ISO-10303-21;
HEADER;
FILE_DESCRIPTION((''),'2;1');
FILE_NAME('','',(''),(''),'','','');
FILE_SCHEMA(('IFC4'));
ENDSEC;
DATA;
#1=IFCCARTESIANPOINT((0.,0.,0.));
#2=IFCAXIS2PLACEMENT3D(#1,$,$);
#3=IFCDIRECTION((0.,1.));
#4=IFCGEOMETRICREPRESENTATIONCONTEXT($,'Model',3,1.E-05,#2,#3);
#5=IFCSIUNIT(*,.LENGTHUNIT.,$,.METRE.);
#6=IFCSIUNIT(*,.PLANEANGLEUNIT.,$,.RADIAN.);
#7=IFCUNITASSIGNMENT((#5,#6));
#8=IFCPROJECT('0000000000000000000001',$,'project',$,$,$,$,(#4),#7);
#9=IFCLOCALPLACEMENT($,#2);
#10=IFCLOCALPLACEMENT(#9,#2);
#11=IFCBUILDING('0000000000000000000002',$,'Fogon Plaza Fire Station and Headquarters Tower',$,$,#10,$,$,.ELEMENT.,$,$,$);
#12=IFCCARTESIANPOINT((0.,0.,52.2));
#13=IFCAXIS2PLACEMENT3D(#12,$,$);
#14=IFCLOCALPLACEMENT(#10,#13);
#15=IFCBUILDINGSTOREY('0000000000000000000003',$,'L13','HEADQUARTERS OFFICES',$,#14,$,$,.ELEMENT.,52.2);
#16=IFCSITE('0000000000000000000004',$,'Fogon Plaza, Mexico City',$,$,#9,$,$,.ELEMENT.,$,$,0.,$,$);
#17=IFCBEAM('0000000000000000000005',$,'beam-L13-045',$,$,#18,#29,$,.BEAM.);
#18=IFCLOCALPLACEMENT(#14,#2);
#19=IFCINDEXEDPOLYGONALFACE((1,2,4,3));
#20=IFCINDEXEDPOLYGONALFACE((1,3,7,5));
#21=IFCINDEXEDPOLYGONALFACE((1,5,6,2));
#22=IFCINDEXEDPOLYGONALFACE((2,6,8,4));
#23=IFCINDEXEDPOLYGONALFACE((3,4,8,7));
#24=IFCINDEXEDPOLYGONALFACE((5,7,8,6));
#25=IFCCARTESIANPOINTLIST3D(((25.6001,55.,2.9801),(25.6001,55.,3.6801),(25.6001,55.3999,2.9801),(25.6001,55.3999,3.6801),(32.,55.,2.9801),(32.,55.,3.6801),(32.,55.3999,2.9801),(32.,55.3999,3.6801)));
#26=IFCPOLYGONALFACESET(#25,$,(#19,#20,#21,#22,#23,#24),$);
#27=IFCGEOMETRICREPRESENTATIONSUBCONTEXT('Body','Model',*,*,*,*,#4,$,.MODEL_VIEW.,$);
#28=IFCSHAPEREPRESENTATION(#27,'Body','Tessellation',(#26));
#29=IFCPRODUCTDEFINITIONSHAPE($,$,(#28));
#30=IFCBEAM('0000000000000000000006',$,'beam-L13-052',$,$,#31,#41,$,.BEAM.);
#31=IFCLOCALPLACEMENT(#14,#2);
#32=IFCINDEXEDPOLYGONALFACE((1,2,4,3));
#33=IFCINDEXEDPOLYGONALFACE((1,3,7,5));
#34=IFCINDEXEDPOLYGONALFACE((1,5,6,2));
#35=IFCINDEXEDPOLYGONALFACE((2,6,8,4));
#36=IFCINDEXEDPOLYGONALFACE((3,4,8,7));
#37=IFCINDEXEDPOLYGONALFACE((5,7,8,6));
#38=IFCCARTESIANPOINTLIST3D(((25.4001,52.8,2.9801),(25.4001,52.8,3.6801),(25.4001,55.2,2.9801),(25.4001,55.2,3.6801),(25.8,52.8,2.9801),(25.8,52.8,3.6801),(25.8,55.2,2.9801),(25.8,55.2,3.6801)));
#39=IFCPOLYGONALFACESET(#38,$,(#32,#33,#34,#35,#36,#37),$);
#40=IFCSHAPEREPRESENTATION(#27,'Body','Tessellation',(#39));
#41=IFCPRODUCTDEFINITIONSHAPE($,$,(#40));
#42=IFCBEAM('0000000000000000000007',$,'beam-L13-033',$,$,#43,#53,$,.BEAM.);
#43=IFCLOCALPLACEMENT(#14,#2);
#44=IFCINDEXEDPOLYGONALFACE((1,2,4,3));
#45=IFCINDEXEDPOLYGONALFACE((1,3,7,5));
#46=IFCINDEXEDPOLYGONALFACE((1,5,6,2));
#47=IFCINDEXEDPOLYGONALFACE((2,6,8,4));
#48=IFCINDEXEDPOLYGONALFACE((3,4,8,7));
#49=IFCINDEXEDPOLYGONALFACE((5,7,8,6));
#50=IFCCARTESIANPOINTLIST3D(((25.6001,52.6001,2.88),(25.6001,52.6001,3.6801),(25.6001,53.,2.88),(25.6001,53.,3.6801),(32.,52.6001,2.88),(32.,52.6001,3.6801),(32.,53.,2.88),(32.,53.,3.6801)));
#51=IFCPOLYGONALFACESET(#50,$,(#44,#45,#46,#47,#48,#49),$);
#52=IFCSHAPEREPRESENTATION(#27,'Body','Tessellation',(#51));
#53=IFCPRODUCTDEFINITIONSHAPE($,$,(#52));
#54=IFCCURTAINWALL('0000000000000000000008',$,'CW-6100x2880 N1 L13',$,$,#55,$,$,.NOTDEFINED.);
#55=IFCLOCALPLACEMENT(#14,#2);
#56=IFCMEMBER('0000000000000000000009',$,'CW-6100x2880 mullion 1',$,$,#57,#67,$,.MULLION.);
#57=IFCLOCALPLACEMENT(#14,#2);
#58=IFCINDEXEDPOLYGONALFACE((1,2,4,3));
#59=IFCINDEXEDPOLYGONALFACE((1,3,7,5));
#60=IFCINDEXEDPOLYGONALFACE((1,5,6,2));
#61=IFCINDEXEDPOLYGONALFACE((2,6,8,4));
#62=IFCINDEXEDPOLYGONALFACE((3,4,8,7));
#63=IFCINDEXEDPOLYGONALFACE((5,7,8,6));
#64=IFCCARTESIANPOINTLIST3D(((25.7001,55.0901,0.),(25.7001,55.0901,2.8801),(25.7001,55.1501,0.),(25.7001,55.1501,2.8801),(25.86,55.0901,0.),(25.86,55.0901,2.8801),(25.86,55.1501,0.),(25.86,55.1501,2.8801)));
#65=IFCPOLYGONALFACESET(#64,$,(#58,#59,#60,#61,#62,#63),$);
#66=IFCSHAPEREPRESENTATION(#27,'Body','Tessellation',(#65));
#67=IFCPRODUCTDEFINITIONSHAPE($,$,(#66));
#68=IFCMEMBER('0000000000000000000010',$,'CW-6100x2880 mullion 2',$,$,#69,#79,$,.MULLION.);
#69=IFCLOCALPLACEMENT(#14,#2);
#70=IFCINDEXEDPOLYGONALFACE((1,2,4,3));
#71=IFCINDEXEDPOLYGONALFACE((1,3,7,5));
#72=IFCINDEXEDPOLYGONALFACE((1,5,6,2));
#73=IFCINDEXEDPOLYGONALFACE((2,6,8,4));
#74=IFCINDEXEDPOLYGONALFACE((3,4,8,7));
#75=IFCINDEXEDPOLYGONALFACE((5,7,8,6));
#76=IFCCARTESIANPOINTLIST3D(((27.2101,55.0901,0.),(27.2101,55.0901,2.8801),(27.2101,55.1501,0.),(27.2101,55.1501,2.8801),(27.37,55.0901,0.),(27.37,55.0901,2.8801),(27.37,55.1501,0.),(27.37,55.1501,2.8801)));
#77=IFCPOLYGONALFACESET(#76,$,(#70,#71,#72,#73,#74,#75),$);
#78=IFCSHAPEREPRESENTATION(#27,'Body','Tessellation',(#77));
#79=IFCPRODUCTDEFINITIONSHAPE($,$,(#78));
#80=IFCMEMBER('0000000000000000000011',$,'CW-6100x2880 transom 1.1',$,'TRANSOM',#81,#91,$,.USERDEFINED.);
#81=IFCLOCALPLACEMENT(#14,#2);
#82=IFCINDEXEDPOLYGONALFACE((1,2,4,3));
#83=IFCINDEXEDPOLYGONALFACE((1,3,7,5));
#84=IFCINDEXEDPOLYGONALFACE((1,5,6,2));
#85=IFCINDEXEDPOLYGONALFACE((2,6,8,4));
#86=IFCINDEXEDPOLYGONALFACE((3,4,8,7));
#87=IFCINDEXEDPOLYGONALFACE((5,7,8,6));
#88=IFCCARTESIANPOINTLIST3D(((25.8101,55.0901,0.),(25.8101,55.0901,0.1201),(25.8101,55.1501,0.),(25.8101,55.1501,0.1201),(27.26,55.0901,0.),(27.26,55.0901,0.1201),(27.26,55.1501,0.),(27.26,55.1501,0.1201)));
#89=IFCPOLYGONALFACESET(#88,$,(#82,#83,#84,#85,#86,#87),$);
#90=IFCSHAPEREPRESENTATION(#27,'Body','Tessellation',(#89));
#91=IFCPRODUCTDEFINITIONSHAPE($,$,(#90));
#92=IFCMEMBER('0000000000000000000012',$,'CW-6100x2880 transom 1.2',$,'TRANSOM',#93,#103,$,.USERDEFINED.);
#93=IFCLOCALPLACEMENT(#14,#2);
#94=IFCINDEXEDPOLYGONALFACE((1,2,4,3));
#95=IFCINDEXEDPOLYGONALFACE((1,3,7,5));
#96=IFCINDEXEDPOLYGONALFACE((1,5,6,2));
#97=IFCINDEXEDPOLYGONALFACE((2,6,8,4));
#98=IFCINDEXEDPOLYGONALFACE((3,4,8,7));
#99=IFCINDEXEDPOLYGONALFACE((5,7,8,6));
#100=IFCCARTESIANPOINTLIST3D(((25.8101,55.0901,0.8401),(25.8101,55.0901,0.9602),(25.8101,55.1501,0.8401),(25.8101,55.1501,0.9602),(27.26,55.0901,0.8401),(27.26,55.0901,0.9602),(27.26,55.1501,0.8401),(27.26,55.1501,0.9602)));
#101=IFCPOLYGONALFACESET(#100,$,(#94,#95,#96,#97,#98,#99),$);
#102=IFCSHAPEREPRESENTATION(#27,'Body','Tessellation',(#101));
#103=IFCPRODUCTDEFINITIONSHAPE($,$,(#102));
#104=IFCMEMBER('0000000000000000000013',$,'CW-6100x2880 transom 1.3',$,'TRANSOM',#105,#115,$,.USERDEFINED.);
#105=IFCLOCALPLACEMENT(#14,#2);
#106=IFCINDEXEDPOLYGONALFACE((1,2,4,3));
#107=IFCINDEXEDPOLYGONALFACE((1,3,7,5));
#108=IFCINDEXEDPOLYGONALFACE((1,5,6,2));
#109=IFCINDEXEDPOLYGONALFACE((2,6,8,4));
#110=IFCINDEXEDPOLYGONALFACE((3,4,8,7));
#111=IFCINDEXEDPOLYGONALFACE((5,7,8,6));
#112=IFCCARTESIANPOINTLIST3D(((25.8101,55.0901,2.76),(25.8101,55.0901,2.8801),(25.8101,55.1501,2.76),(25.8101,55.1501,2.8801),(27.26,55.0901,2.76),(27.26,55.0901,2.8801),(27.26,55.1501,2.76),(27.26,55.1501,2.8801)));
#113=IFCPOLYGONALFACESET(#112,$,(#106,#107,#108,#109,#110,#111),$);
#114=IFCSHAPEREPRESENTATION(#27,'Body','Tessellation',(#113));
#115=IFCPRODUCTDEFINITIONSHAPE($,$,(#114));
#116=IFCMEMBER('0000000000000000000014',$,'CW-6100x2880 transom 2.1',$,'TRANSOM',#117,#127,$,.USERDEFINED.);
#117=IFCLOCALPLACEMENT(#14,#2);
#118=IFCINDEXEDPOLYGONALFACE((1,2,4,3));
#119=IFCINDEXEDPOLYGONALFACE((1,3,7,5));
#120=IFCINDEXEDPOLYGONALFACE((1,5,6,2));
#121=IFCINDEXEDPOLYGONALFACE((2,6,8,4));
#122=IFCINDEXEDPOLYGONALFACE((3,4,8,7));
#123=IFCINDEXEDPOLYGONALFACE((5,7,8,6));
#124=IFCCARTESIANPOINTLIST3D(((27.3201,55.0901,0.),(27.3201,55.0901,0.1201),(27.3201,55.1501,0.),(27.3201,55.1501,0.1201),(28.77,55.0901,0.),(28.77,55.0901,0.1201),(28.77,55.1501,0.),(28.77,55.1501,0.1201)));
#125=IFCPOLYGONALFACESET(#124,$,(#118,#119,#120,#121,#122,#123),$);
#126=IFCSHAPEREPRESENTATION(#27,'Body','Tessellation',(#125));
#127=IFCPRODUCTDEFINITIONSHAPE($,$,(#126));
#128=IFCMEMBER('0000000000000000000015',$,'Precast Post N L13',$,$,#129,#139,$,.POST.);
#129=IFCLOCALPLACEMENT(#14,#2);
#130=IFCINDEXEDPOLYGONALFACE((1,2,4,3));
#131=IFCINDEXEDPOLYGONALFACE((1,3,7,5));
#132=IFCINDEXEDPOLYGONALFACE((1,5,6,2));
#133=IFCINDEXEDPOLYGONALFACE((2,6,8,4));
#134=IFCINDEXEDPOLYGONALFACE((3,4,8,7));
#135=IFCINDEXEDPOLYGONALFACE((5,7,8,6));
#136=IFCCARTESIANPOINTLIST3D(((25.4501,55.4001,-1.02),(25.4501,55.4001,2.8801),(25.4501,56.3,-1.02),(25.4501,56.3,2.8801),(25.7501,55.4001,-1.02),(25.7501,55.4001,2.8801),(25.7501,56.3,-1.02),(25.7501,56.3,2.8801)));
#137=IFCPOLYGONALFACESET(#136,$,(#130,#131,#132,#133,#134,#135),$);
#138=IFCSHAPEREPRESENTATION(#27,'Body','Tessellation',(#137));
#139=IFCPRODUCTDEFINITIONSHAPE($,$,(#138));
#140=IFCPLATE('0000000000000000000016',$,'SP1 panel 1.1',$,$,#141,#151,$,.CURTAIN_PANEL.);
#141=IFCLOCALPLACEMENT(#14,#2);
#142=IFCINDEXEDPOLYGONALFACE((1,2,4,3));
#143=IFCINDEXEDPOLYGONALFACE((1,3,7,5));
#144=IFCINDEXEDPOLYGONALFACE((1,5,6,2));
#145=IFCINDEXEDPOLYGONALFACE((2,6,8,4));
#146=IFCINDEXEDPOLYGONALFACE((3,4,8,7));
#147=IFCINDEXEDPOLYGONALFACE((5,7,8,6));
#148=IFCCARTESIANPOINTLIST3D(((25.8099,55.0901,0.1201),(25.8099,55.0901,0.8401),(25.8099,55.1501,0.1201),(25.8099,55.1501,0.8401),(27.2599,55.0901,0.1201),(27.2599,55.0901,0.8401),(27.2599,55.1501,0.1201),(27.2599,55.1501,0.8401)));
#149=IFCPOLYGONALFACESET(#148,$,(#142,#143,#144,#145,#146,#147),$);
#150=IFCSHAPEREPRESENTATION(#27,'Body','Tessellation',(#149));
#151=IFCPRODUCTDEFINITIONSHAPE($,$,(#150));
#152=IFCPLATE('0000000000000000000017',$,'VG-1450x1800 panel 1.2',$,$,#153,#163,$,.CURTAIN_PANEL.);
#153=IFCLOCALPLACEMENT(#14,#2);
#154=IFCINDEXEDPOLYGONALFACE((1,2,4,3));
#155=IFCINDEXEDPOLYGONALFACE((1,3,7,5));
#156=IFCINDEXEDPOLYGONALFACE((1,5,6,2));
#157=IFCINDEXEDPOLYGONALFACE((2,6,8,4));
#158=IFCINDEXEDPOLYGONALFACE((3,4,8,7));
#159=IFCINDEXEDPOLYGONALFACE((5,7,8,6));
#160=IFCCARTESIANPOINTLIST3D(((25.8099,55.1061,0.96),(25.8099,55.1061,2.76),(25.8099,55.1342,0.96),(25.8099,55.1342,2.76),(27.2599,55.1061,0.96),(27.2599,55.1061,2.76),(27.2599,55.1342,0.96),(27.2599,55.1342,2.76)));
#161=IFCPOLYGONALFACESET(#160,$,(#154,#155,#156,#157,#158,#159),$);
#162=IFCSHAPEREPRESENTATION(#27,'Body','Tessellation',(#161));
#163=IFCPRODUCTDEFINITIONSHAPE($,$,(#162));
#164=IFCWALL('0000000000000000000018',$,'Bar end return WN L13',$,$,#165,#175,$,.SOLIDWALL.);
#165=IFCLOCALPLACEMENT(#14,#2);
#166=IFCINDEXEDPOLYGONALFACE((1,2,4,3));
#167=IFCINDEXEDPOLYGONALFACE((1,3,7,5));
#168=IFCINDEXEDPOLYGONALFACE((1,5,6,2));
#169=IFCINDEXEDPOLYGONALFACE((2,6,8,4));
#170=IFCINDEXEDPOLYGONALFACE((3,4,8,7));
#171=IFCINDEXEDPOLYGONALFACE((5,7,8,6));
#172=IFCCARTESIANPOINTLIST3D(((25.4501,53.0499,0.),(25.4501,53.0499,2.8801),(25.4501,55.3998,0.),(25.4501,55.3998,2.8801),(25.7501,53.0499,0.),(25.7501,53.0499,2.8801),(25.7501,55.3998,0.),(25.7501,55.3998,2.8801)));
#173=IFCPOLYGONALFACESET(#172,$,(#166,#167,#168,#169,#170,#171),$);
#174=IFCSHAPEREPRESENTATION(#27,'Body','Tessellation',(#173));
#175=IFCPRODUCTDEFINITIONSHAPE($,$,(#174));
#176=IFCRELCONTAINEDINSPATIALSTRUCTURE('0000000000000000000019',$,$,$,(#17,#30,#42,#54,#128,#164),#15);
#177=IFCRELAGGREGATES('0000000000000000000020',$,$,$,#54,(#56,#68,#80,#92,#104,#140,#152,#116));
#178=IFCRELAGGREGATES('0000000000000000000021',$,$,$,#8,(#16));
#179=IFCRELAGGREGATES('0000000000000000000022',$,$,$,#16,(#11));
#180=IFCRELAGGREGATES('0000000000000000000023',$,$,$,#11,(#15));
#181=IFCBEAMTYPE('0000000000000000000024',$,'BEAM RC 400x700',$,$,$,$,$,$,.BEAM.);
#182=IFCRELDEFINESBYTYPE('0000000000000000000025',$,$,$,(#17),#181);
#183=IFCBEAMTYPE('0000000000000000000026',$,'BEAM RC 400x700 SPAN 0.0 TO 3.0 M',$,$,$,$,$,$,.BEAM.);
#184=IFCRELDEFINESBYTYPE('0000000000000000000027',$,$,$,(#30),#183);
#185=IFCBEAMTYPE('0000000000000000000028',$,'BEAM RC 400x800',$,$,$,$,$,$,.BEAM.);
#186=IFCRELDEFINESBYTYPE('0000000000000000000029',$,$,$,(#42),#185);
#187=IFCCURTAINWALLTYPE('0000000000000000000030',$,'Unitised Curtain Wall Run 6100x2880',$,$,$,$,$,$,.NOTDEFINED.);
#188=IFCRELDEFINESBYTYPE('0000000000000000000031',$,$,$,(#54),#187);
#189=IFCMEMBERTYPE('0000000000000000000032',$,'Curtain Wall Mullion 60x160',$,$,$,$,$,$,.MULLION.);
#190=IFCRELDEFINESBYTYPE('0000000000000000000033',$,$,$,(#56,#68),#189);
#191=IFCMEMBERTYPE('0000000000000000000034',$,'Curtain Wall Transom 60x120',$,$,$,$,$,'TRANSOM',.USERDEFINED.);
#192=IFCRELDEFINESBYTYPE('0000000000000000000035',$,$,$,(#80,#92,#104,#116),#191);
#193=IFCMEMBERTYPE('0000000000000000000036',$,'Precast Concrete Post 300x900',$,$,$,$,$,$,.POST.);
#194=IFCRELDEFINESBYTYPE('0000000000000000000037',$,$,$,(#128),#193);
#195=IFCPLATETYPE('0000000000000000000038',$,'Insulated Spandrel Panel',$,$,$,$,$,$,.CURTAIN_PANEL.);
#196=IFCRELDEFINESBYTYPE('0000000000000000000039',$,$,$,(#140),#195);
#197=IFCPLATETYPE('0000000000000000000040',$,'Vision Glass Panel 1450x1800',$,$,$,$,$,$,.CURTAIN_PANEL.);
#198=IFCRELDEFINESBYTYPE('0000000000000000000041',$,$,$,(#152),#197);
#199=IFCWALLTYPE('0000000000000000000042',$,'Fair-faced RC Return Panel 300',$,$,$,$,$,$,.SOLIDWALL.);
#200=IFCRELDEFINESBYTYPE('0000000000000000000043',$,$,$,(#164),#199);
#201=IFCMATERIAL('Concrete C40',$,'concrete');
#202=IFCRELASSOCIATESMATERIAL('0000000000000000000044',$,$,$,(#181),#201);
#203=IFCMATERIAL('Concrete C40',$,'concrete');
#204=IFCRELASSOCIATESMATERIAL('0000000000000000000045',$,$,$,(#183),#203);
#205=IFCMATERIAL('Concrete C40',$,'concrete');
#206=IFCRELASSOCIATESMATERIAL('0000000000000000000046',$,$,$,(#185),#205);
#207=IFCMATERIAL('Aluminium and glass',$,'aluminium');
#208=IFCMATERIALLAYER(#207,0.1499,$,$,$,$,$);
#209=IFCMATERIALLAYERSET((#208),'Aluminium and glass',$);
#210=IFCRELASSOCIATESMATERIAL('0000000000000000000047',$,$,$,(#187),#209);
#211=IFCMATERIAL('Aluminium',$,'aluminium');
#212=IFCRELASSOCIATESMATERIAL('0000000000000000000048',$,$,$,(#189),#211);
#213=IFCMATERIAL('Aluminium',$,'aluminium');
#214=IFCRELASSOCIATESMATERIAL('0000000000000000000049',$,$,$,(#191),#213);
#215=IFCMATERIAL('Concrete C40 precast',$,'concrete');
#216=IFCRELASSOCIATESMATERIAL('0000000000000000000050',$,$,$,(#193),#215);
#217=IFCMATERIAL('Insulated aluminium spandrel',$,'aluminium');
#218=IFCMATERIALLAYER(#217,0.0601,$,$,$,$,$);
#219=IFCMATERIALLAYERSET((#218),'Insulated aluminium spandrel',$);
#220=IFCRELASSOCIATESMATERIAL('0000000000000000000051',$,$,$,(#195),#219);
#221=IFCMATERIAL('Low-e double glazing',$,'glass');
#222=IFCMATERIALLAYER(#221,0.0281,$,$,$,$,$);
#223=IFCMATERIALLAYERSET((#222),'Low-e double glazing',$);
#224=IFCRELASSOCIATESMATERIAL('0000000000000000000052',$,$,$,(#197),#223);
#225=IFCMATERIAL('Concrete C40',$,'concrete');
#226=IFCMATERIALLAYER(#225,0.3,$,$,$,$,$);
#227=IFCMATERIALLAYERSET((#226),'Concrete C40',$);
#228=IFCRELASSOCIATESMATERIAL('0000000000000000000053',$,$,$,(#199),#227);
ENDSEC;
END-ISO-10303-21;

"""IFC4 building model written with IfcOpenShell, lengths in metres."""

from ifc_helpers import new_model, si_unit, direction, frame, frame_2d, origin, origin_2d, place, context, subcontext, project, spatial, rectangle, extrude, material, layer, layer_set, material_profile, profile_set, type_object, element, aggregate, save


model = new_model("IFC4")

# Units and contexts
model_context = context("Model", 3, precision=1e-05, world=origin(), true_north=direction((0.0, 1.0)))
body_context = subcontext(model_context, "Body", "Model", "MODEL_VIEW")
ifc_project = project(units=[si_unit("LENGTHUNIT", "METRE"), si_unit("PLANEANGLEUNIT", "RADIAN")], contexts=[model_context])

# Site, building, storey
site_placement = place(None, origin())
site = spatial("IfcSite", under=ifc_project, at=site_placement, Name="Fogon Plaza, Mexico City", CompositionType="ELEMENT", RefElevation=0.0)
building_placement = place(site_placement, origin())
building = spatial("IfcBuilding", under=site, at=building_placement, Name="Fogon Plaza Fire Station and Headquarters Tower", CompositionType="ELEMENT")
storey_placement = place(building_placement, frame((0.0, 0.0, 52.2)))
storey = spatial("IfcBuildingStorey", under=building, at=storey_placement, Name="L13", Description="HEADQUARTERS OFFICES", CompositionType="ELEMENT", Elevation=52.2)

# Beams
ifc_material_1 = material(Name="Concrete C40", Category="concrete")
ifc_material_profile_1 = material_profile(ifc_material_1, rectangle(XDim=0.3999, YDim=0.7, at=origin_2d()), Name="RC 400x700")
ifc_profile_set_1 = profile_set([ifc_material_profile_1], Name="Concrete C40")
beam_type_1 = type_object("IfcBeamType", Name="BEAM RC 400x700", PredefinedType="BEAM", material=ifc_profile_set_1)
beam_1_placement = place(storey_placement, frame((25.6001, 55.2, 3.3301), z_axis=(1.0, 0.0, 0.0), x_axis=(0.0, 1.0, 0.0)))
element("IfcBeam", 1, at=beam_1_placement, inside=storey, type_object=beam_type_1, Name="beam-L13-045", PredefinedType="BEAM", context=body_context, shape_type="SweptSolid", body=[
    extrude(rectangle(XDim=0.3999, YDim=0.7, at=origin_2d()), origin(), (0.0, 0.0, 1.0), 6.3999),
])
ifc_material_2 = material(Name="Concrete C40", Category="concrete")
ifc_material_profile_2 = material_profile(ifc_material_2, rectangle(XDim=0.3999, YDim=0.7, at=origin_2d()), Name="RC 400x700")
ifc_profile_set_2 = profile_set([ifc_material_profile_2], Name="Concrete C40")
beam_type_2 = type_object("IfcBeamType", Name="BEAM RC 400x700 SPAN 0.0 TO 3.0 M", PredefinedType="BEAM", material=ifc_profile_set_2)
beam_2_placement = place(storey_placement, frame((25.6001, 52.8, 3.3301), z_axis=(0.0, 1.0, 0.0), x_axis=(-1.0, 0.0, 0.0)))
element("IfcBeam", 2, at=beam_2_placement, inside=storey, type_object=beam_type_2, Name="beam-L13-052", PredefinedType="BEAM", context=body_context, shape_type="SweptSolid", body=[
    extrude(rectangle(XDim=0.3999, YDim=0.7, at=origin_2d()), origin(), (0.0, 0.0, 1.0), 2.3999),
])
ifc_material_3 = material(Name="Concrete C40", Category="concrete")
ifc_material_profile_3 = material_profile(ifc_material_3, rectangle(XDim=0.3999, YDim=0.8, at=origin_2d()), Name="RC 400x800")
ifc_profile_set_3 = profile_set([ifc_material_profile_3], Name="Concrete C40")
beam_type_3 = type_object("IfcBeamType", Name="BEAM RC 400x800", PredefinedType="BEAM", material=ifc_profile_set_3)
beam_3_placement = place(storey_placement, frame((25.6001, 52.8, 3.28), z_axis=(1.0, 0.0, 0.0), x_axis=(0.0, 1.0, 0.0)))
element("IfcBeam", 3, at=beam_3_placement, inside=storey, type_object=beam_type_3, Name="beam-L13-033", PredefinedType="BEAM", context=body_context, shape_type="SweptSolid", body=[
    extrude(rectangle(XDim=0.3999, YDim=0.8, at=origin_2d()), origin(), (0.0, 0.0, 1.0), 6.3999),
])

# Curtain wall, members
ifc_material_4 = material(Name="Aluminium and glass", Category="aluminium")
ifc_layer_1 = layer(ifc_material_4, 0.1499)
ifc_layer_set_1 = layer_set([ifc_layer_1], Name="Aluminium and glass")
curtain_wall_type = type_object("IfcCurtainWallType", Name="Unitised Curtain Wall Run 6100x2880", PredefinedType="NOTDEFINED", material=ifc_layer_set_1)
curtain_wall_placement = place(storey_placement, origin())
curtain_wall = element("IfcCurtainWall", 4, at=curtain_wall_placement, inside=storey, type_object=curtain_wall_type, Name="CW-6100x2880 N1 L13", PredefinedType="NOTDEFINED")
ifc_material_5 = material(Name="Aluminium", Category="aluminium")
ifc_material_profile_4 = material_profile(ifc_material_5, rectangle(XDim=0.0601, YDim=0.1599, at=origin_2d()), Name="Curtain Wall Mullion 60x160")
ifc_profile_set_4 = profile_set([ifc_material_profile_4], Name="Aluminium")
member_type_1 = type_object("IfcMemberType", Name="Curtain Wall Mullion 60x160", PredefinedType="MULLION", material=ifc_profile_set_4)
member_1_placement = place(storey_placement, frame((25.78, 55.1201, 0.0), z_axis=(0.0, 0.0, 1.0), x_axis=(0.0, 1.0, 0.0)))
member_1 = element("IfcMember", 5, at=member_1_placement, type_object=member_type_1, Name="CW-6100x2880 mullion 1", PredefinedType="MULLION", context=body_context, shape_type="SweptSolid", body=[
    extrude(rectangle(XDim=0.0601, YDim=0.1599, at=origin_2d()), origin(), (0.0, 0.0, 1.0), 2.8801),
])
member_2_placement = place(storey_placement, frame((27.29, 55.1201, 0.0), z_axis=(0.0, 0.0, 1.0), x_axis=(0.0, 1.0, 0.0)))
member_2 = element("IfcMember", 6, at=member_2_placement, type_object=member_type_1, Name="CW-6100x2880 mullion 2", PredefinedType="MULLION", context=body_context, shape_type="SweptSolid", body=[
    extrude(rectangle(XDim=0.0601, YDim=0.1599, at=origin_2d()), origin(), (0.0, 0.0, 1.0), 2.8801),
])
ifc_material_6 = material(Name="Aluminium", Category="aluminium")
ifc_material_profile_5 = material_profile(ifc_material_6, rectangle(XDim=0.0601, YDim=0.1201, at=origin_2d()), Name="Curtain Wall Transom 60x120")
ifc_profile_set_5 = profile_set([ifc_material_profile_5], Name="Aluminium")
member_type_2 = type_object("IfcMemberType", Name="Curtain Wall Transom 60x120", ElementType="TRANSOM", PredefinedType="USERDEFINED", material=ifc_profile_set_5)
member_3_placement = place(storey_placement, frame((25.8101, 55.1201, 0.0601), z_axis=(1.0, 0.0, 0.0), x_axis=(0.0, 1.0, 0.0)))
member_3 = element("IfcMember", 7, at=member_3_placement, type_object=member_type_2, Name="CW-6100x2880 transom 1.1", ObjectType="TRANSOM", PredefinedType="USERDEFINED", context=body_context, shape_type="SweptSolid", body=[
    extrude(rectangle(XDim=0.0601, YDim=0.1201, at=origin_2d()), origin(), (0.0, 0.0, 1.0), 1.45),
])
member_4_placement = place(storey_placement, frame((25.8101, 55.1201, 0.9001), z_axis=(1.0, 0.0, 0.0), x_axis=(0.0, 1.0, 0.0)))
member_4 = element("IfcMember", 8, at=member_4_placement, type_object=member_type_2, Name="CW-6100x2880 transom 1.2", ObjectType="TRANSOM", PredefinedType="USERDEFINED", context=body_context, shape_type="SweptSolid", body=[
    extrude(rectangle(XDim=0.0601, YDim=0.1201, at=origin_2d()), origin(), (0.0, 0.0, 1.0), 1.45),
])
member_5_placement = place(storey_placement, frame((25.8101, 55.1201, 2.8201), z_axis=(1.0, 0.0, 0.0), x_axis=(0.0, 1.0, 0.0)))
member_5 = element("IfcMember", 9, at=member_5_placement, type_object=member_type_2, Name="CW-6100x2880 transom 1.3", ObjectType="TRANSOM", PredefinedType="USERDEFINED", context=body_context, shape_type="SweptSolid", body=[
    extrude(rectangle(XDim=0.0601, YDim=0.1201, at=origin_2d()), origin(), (0.0, 0.0, 1.0), 1.45),
])
member_6_placement = place(storey_placement, frame((27.3201, 55.1201, 0.0601), z_axis=(1.0, 0.0, 0.0), x_axis=(0.0, 1.0, 0.0)))
member_6 = element("IfcMember", 10, at=member_6_placement, type_object=member_type_2, Name="CW-6100x2880 transom 2.1", ObjectType="TRANSOM", PredefinedType="USERDEFINED", context=body_context, shape_type="SweptSolid", body=[
    extrude(rectangle(XDim=0.0601, YDim=0.1201, at=origin_2d()), origin(), (0.0, 0.0, 1.0), 1.45),
])

# Member
ifc_material_7 = material(Name="Concrete C40 precast", Category="concrete")
ifc_material_profile_6 = material_profile(ifc_material_7, rectangle(XDim=0.3, YDim=0.8999, at=origin_2d()), Name="Precast Concrete Post 300x900")
ifc_profile_set_6 = profile_set([ifc_material_profile_6], Name="Concrete C40 precast")
member_type_3 = type_object("IfcMemberType", Name="Precast Concrete Post 300x900", PredefinedType="POST", material=ifc_profile_set_6)
member_7_placement = place(storey_placement, frame((25.6001, 55.8501, -1.02), z_axis=(0.0, 0.0, 1.0), x_axis=(1.0, 0.0, 0.0)))
element("IfcMember", 11, at=member_7_placement, inside=storey, type_object=member_type_3, Name="Precast Post N L13", PredefinedType="POST", context=body_context, shape_type="SweptSolid", body=[
    extrude(rectangle(XDim=0.3, YDim=0.8999, at=origin_2d()), origin(), (0.0, 0.0, 1.0), 3.9001),
])

# Plates
ifc_material_8 = material(Name="Insulated aluminium spandrel", Category="aluminium")
ifc_layer_2 = layer(ifc_material_8, 0.0601)
ifc_layer_set_2 = layer_set([ifc_layer_2], Name="Insulated aluminium spandrel")
plate_type_1 = type_object("IfcPlateType", Name="Insulated Spandrel Panel", PredefinedType="CURTAIN_PANEL", material=ifc_layer_set_2)
plate_1_placement = place(storey_placement, frame((26.5349, 55.1201, 0.1201), z_axis=(0.0, 0.0, 1.0), x_axis=(1.0, 0.0, 0.0)))
plate_1 = element("IfcPlate", 12, at=plate_1_placement, type_object=plate_type_1, Name="SP1 panel 1.1", PredefinedType="CURTAIN_PANEL", context=body_context, shape_type="SweptSolid", body=[
    extrude(rectangle(XDim=1.45, YDim=0.0601, at=origin_2d()), origin(), (0.0, 0.0, 1.0), 0.72),
])
ifc_material_9 = material(Name="Low-e double glazing", Category="glass")
ifc_layer_3 = layer(ifc_material_9, 0.0281)
ifc_layer_set_3 = layer_set([ifc_layer_3], Name="Low-e double glazing")
plate_type_2 = type_object("IfcPlateType", Name="Vision Glass Panel 1450x1800", PredefinedType="CURTAIN_PANEL", material=ifc_layer_set_3)
plate_2_placement = place(storey_placement, frame((26.5349, 55.1201, 0.96), z_axis=(0.0, 0.0, 1.0), x_axis=(1.0, 0.0, 0.0)))
plate_2 = element("IfcPlate", 13, at=plate_2_placement, type_object=plate_type_2, Name="VG-1450x1800 panel 1.2", PredefinedType="CURTAIN_PANEL", context=body_context, shape_type="SweptSolid", body=[
    extrude(rectangle(XDim=1.45, YDim=0.0281, at=origin_2d()), origin(), (0.0, 0.0, 1.0), 1.8),
])
aggregate(curtain_wall, [member_1, member_2, member_3, member_4, member_5, plate_1, plate_2, member_6])

# Wall
ifc_material_10 = material(Name="Concrete C40", Category="concrete")
ifc_layer_4 = layer(ifc_material_10, 0.3)
ifc_layer_set_4 = layer_set([ifc_layer_4], Name="Concrete C40")
wall_type_1 = type_object("IfcWallType", Name="Fair-faced RC Return Panel 300", PredefinedType="SOLIDWALL", material=ifc_layer_set_4)
wall_1_placement = place(storey_placement, frame((25.6001, 53.05, 0.0), z_axis=(0.0, 0.0, 1.0), x_axis=(0.0, 1.0, 0.0)))
element("IfcWall", 14, at=wall_1_placement, inside=storey, type_object=wall_type_1, Name="Bar end return WN L13", PredefinedType="SOLIDWALL", context=body_context, shape_type="SweptSolid", body=[
    extrude(rectangle(XDim=2.3499, YDim=0.3, at=frame_2d((1.1748, 0.0))), origin(), (0.0, 0.0, 1.0), 2.8801),
])

save(model, "model.ifc")
